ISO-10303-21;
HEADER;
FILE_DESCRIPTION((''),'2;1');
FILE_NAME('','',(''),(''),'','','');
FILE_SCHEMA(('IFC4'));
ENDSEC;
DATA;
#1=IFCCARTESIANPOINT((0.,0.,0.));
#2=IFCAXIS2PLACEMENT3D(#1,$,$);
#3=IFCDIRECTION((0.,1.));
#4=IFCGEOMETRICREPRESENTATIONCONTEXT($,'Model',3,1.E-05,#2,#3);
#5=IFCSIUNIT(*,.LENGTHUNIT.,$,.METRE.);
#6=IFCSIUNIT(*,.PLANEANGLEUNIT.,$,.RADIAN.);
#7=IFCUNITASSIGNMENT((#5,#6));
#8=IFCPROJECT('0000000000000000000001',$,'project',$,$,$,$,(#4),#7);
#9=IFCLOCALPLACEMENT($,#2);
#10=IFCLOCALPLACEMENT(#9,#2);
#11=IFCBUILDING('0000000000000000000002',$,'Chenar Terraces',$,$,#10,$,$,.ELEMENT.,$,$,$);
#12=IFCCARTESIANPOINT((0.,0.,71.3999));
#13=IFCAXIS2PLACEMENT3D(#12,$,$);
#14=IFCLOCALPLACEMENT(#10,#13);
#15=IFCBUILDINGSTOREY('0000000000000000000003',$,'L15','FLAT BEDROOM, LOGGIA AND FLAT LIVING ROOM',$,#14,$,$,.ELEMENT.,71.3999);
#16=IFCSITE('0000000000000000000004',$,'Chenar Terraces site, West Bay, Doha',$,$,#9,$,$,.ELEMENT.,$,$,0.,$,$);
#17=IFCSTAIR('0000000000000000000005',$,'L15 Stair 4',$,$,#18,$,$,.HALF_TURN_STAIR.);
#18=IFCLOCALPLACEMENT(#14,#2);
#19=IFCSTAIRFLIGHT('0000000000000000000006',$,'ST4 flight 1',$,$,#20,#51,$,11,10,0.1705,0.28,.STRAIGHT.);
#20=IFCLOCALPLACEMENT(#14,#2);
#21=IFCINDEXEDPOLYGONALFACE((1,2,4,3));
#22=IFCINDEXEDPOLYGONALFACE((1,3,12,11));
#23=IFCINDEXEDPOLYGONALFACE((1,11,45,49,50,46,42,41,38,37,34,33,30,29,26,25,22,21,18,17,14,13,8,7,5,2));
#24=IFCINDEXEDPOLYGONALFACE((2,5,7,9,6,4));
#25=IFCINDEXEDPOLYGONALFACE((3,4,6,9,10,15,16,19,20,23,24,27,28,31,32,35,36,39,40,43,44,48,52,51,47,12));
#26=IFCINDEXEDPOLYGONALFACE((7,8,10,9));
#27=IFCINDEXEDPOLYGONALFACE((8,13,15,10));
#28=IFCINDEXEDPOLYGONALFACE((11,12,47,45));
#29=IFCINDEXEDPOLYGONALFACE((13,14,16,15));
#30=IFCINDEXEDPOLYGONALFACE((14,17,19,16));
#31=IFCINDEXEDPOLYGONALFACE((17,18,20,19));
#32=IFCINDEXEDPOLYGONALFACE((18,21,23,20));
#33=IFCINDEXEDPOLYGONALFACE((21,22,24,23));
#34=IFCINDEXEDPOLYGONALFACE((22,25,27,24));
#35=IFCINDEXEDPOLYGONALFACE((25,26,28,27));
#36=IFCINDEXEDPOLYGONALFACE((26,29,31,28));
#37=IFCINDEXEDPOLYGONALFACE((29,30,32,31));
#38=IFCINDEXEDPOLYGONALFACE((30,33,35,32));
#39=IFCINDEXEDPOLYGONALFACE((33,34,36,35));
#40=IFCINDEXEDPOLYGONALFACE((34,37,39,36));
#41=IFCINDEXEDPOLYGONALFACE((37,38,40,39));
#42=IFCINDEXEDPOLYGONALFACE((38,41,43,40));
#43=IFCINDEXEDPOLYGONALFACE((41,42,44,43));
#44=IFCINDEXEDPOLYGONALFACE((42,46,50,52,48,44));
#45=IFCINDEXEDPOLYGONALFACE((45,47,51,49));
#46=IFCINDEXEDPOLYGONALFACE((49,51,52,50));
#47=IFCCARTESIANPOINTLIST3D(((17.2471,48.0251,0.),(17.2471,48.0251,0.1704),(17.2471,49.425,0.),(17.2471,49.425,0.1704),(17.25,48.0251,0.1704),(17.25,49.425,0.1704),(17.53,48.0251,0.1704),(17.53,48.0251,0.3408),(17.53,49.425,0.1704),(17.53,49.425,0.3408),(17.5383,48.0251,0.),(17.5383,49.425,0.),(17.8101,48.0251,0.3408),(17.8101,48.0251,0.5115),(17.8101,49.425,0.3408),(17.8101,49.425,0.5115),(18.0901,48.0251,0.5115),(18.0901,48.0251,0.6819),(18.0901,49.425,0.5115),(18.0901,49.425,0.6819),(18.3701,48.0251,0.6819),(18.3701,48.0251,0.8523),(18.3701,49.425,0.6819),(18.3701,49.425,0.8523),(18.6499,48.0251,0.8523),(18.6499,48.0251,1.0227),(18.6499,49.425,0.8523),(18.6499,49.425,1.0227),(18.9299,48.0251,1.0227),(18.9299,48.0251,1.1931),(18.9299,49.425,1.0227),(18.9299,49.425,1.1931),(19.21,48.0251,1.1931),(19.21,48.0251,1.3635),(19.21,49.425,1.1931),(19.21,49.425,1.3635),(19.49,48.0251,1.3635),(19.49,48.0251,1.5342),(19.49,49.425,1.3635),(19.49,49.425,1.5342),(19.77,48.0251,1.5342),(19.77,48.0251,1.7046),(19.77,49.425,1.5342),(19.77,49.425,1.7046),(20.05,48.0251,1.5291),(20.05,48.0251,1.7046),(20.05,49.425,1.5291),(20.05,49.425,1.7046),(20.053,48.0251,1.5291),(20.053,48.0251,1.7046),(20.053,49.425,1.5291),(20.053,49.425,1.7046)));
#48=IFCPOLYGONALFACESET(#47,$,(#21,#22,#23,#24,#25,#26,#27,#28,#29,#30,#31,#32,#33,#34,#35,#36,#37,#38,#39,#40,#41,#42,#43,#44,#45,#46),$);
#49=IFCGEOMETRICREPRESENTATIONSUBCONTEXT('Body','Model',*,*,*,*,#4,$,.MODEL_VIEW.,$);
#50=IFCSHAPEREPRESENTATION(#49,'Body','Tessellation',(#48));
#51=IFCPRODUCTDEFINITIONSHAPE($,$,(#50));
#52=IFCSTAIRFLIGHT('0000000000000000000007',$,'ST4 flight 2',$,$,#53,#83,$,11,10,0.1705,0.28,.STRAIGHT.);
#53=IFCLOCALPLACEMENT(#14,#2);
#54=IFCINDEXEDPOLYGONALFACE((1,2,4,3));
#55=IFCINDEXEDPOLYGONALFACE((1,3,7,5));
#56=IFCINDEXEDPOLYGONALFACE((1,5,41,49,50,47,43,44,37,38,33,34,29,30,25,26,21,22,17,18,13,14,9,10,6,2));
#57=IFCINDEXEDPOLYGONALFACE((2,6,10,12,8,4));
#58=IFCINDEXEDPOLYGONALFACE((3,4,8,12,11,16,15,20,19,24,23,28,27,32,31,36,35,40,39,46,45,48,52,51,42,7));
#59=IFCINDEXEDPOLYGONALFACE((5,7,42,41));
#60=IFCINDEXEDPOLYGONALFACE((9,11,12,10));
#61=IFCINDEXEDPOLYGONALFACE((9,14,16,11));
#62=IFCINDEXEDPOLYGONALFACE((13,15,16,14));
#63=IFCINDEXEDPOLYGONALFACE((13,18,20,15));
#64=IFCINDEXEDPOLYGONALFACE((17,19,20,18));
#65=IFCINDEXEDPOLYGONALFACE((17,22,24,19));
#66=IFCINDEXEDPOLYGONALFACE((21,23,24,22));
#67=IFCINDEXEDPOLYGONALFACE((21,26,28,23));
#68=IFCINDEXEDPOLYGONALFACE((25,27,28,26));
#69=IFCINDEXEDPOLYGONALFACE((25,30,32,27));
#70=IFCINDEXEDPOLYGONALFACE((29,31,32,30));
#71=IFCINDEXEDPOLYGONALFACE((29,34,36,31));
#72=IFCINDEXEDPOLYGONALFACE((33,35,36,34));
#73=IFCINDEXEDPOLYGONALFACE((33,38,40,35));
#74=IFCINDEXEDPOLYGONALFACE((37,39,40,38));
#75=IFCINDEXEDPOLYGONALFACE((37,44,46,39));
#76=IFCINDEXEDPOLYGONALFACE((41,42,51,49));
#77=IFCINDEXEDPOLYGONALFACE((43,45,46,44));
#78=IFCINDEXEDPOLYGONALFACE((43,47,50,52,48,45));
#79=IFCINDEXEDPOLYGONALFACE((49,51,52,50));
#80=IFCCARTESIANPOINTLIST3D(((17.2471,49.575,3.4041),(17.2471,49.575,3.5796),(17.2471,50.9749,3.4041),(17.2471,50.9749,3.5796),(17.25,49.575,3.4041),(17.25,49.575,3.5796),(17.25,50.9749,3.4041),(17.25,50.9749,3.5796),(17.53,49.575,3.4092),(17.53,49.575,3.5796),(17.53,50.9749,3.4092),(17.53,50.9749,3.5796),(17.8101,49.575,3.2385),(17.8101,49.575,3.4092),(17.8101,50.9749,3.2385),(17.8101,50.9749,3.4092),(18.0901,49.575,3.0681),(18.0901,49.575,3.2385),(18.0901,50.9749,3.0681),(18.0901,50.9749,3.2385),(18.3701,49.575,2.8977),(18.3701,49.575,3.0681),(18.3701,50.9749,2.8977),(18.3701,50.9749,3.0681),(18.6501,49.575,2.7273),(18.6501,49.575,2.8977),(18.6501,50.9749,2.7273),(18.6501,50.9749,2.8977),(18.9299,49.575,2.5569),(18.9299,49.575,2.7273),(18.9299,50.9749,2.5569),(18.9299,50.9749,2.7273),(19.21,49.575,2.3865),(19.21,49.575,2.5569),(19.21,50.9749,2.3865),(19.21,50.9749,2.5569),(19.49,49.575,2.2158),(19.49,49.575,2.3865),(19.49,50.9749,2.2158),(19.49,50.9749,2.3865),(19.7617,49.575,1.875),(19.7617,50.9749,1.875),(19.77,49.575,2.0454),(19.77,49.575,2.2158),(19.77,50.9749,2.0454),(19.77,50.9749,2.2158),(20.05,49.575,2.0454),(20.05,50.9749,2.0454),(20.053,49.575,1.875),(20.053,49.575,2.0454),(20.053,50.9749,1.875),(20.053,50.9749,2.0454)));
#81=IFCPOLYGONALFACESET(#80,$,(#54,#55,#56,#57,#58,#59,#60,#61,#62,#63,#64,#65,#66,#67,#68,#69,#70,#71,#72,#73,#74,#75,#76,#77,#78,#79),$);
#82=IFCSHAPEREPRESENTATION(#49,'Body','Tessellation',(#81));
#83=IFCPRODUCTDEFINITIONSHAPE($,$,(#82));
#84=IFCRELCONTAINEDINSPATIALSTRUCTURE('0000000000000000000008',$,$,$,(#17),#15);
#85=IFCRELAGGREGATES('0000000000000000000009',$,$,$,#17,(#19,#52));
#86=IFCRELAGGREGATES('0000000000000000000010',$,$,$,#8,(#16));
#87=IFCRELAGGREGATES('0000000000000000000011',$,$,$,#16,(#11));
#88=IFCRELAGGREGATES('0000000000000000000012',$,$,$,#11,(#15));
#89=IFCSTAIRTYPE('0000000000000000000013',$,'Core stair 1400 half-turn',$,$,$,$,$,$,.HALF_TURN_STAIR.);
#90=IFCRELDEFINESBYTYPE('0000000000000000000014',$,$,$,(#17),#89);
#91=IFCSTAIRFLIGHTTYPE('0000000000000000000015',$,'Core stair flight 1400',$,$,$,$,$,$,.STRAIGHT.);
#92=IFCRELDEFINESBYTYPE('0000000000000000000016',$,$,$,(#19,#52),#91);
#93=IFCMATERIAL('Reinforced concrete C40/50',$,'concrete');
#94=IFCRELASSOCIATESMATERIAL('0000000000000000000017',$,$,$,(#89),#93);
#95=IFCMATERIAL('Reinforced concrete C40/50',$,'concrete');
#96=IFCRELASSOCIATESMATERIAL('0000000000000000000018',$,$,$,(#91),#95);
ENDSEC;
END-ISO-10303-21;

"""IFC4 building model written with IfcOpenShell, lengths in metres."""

from ifc_helpers import new_model, si_unit, direction, frame, origin, place, context, subcontext, project, spatial, polyline, outline, extrude, material, type_object, element, aggregate, save


model = new_model("IFC4")

# Units and contexts
model_context = context("Model", 3, precision=1e-05, world=origin(), true_north=direction((0.0, 1.0)))
body_context = subcontext(model_context, "Body", "Model", "MODEL_VIEW")
ifc_project = project(units=[si_unit("LENGTHUNIT", "METRE"), si_unit("PLANEANGLEUNIT", "RADIAN")], contexts=[model_context])

# Site, building, storey
site_placement = place(None, origin())
site = spatial("IfcSite", under=ifc_project, at=site_placement, Name="Chenar Terraces site, West Bay, Doha", CompositionType="ELEMENT", RefElevation=0.0)
building_placement = place(site_placement, origin())
building = spatial("IfcBuilding", under=site, at=building_placement, Name="Chenar Terraces", CompositionType="ELEMENT")
storey_placement = place(building_placement, frame((0.0, 0.0, 71.3999)))
storey = spatial("IfcBuildingStorey", under=building, at=storey_placement, Name="L15", Description="FLAT BEDROOM, LOGGIA AND FLAT LIVING ROOM", CompositionType="ELEMENT", Elevation=71.3999)

# Stair, stair flights
ifc_material_1 = material(Name="Reinforced concrete C40/50", Category="concrete")
stair_type = type_object("IfcStairType", Name="Core stair 1400 half-turn", PredefinedType="HALF_TURN_STAIR", material=ifc_material_1)
stair_placement = place(storey_placement, origin())
stair = element("IfcStair", 1, at=stair_placement, inside=storey, type_object=stair_type, Name="L15 Stair 4", PredefinedType="HALF_TURN_STAIR")
ifc_material_2 = material(Name="Reinforced concrete C40/50", Category="concrete")
stair_flight_type = type_object("IfcStairFlightType", Name="Core stair flight 1400", PredefinedType="STRAIGHT", material=ifc_material_2)
stair_flight_1_placement = place(storey_placement, frame((17.25, 48.7251, 0.0), z_axis=(0.0, 0.0, 1.0), x_axis=(1.0, 0.0, 0.0)))
stair_flight_1 = element("IfcStairFlight", 2, at=stair_flight_1_placement, type_object=stair_flight_type, Name="ST4 flight 1", NumberOfRisers=11, NumberOfTreads=10, PredefinedType="STRAIGHT", RiserHeight=0.1705, TreadLength=0.28, context=body_context, shape_type="SweptSolid", body=[
    extrude(outline(polyline([(-0.0029, 0.0), (-0.0029, 0.1704), (0.0, 0.1704), (0.28, 0.1704), (0.28, 0.3408), (0.5601, 0.3408), (0.5601, 0.5115), (0.8401, 0.5115), (0.8401, 0.6819), (1.1201, 0.6819), (1.1201, 0.8523), (1.3999, 0.8523), (1.3999, 1.0227), (1.6799, 1.0227), (1.6799, 1.1931), (1.96, 1.1931), (1.96, 1.3635), (2.24, 1.3635), (2.24, 1.5342), (2.52, 1.5342), (2.52, 1.7046), (2.8, 1.7046), (2.803, 1.7046), (2.803, 1.5291), (2.8, 1.5291), (0.2883, 0.0), (-0.0029, 0.0)])), frame((0.0, 0.7, 0.0), z_axis=(0.0, -1.0, 0.0), x_axis=(1.0, 0.0, 0.0)), (0.0, 0.0, 1.0), 1.3999),
])
stair_flight_2_placement = place(storey_placement, frame((20.05, 50.2749, 1.875), z_axis=(0.0, 0.0, 1.0), x_axis=(-1.0, 0.0, 0.0)))
stair_flight_2 = element("IfcStairFlight", 3, at=stair_flight_2_placement, type_object=stair_flight_type, Name="ST4 flight 2", NumberOfRisers=11, NumberOfTreads=10, PredefinedType="STRAIGHT", RiserHeight=0.1705, TreadLength=0.28, context=body_context, shape_type="SweptSolid", body=[
    extrude(outline(polyline([(-0.0029, 0.0), (-0.0029, 0.1704), (0.0, 0.1704), (0.28, 0.1704), (0.28, 0.3408), (0.5601, 0.3408), (0.5601, 0.5115), (0.8401, 0.5115), (0.8401, 0.6819), (1.1201, 0.6819), (1.1201, 0.8523), (1.3999, 0.8523), (1.3999, 1.0227), (1.6799, 1.0227), (1.6799, 1.1931), (1.96, 1.1931), (1.96, 1.3635), (2.24, 1.3635), (2.24, 1.5342), (2.52, 1.5342), (2.52, 1.7046), (2.8, 1.7046), (2.803, 1.7046), (2.803, 1.5291), (2.8, 1.5291), (0.2883, 0.0), (-0.0029, 0.0)])), frame((0.0, 0.7, 0.0), z_axis=(0.0, -1.0, 0.0), x_axis=(1.0, 0.0, 0.0)), (0.0, 0.0, 1.0), 1.3999),
])
aggregate(stair, [stair_flight_1, stair_flight_2])

save(model, "model.ifc")
